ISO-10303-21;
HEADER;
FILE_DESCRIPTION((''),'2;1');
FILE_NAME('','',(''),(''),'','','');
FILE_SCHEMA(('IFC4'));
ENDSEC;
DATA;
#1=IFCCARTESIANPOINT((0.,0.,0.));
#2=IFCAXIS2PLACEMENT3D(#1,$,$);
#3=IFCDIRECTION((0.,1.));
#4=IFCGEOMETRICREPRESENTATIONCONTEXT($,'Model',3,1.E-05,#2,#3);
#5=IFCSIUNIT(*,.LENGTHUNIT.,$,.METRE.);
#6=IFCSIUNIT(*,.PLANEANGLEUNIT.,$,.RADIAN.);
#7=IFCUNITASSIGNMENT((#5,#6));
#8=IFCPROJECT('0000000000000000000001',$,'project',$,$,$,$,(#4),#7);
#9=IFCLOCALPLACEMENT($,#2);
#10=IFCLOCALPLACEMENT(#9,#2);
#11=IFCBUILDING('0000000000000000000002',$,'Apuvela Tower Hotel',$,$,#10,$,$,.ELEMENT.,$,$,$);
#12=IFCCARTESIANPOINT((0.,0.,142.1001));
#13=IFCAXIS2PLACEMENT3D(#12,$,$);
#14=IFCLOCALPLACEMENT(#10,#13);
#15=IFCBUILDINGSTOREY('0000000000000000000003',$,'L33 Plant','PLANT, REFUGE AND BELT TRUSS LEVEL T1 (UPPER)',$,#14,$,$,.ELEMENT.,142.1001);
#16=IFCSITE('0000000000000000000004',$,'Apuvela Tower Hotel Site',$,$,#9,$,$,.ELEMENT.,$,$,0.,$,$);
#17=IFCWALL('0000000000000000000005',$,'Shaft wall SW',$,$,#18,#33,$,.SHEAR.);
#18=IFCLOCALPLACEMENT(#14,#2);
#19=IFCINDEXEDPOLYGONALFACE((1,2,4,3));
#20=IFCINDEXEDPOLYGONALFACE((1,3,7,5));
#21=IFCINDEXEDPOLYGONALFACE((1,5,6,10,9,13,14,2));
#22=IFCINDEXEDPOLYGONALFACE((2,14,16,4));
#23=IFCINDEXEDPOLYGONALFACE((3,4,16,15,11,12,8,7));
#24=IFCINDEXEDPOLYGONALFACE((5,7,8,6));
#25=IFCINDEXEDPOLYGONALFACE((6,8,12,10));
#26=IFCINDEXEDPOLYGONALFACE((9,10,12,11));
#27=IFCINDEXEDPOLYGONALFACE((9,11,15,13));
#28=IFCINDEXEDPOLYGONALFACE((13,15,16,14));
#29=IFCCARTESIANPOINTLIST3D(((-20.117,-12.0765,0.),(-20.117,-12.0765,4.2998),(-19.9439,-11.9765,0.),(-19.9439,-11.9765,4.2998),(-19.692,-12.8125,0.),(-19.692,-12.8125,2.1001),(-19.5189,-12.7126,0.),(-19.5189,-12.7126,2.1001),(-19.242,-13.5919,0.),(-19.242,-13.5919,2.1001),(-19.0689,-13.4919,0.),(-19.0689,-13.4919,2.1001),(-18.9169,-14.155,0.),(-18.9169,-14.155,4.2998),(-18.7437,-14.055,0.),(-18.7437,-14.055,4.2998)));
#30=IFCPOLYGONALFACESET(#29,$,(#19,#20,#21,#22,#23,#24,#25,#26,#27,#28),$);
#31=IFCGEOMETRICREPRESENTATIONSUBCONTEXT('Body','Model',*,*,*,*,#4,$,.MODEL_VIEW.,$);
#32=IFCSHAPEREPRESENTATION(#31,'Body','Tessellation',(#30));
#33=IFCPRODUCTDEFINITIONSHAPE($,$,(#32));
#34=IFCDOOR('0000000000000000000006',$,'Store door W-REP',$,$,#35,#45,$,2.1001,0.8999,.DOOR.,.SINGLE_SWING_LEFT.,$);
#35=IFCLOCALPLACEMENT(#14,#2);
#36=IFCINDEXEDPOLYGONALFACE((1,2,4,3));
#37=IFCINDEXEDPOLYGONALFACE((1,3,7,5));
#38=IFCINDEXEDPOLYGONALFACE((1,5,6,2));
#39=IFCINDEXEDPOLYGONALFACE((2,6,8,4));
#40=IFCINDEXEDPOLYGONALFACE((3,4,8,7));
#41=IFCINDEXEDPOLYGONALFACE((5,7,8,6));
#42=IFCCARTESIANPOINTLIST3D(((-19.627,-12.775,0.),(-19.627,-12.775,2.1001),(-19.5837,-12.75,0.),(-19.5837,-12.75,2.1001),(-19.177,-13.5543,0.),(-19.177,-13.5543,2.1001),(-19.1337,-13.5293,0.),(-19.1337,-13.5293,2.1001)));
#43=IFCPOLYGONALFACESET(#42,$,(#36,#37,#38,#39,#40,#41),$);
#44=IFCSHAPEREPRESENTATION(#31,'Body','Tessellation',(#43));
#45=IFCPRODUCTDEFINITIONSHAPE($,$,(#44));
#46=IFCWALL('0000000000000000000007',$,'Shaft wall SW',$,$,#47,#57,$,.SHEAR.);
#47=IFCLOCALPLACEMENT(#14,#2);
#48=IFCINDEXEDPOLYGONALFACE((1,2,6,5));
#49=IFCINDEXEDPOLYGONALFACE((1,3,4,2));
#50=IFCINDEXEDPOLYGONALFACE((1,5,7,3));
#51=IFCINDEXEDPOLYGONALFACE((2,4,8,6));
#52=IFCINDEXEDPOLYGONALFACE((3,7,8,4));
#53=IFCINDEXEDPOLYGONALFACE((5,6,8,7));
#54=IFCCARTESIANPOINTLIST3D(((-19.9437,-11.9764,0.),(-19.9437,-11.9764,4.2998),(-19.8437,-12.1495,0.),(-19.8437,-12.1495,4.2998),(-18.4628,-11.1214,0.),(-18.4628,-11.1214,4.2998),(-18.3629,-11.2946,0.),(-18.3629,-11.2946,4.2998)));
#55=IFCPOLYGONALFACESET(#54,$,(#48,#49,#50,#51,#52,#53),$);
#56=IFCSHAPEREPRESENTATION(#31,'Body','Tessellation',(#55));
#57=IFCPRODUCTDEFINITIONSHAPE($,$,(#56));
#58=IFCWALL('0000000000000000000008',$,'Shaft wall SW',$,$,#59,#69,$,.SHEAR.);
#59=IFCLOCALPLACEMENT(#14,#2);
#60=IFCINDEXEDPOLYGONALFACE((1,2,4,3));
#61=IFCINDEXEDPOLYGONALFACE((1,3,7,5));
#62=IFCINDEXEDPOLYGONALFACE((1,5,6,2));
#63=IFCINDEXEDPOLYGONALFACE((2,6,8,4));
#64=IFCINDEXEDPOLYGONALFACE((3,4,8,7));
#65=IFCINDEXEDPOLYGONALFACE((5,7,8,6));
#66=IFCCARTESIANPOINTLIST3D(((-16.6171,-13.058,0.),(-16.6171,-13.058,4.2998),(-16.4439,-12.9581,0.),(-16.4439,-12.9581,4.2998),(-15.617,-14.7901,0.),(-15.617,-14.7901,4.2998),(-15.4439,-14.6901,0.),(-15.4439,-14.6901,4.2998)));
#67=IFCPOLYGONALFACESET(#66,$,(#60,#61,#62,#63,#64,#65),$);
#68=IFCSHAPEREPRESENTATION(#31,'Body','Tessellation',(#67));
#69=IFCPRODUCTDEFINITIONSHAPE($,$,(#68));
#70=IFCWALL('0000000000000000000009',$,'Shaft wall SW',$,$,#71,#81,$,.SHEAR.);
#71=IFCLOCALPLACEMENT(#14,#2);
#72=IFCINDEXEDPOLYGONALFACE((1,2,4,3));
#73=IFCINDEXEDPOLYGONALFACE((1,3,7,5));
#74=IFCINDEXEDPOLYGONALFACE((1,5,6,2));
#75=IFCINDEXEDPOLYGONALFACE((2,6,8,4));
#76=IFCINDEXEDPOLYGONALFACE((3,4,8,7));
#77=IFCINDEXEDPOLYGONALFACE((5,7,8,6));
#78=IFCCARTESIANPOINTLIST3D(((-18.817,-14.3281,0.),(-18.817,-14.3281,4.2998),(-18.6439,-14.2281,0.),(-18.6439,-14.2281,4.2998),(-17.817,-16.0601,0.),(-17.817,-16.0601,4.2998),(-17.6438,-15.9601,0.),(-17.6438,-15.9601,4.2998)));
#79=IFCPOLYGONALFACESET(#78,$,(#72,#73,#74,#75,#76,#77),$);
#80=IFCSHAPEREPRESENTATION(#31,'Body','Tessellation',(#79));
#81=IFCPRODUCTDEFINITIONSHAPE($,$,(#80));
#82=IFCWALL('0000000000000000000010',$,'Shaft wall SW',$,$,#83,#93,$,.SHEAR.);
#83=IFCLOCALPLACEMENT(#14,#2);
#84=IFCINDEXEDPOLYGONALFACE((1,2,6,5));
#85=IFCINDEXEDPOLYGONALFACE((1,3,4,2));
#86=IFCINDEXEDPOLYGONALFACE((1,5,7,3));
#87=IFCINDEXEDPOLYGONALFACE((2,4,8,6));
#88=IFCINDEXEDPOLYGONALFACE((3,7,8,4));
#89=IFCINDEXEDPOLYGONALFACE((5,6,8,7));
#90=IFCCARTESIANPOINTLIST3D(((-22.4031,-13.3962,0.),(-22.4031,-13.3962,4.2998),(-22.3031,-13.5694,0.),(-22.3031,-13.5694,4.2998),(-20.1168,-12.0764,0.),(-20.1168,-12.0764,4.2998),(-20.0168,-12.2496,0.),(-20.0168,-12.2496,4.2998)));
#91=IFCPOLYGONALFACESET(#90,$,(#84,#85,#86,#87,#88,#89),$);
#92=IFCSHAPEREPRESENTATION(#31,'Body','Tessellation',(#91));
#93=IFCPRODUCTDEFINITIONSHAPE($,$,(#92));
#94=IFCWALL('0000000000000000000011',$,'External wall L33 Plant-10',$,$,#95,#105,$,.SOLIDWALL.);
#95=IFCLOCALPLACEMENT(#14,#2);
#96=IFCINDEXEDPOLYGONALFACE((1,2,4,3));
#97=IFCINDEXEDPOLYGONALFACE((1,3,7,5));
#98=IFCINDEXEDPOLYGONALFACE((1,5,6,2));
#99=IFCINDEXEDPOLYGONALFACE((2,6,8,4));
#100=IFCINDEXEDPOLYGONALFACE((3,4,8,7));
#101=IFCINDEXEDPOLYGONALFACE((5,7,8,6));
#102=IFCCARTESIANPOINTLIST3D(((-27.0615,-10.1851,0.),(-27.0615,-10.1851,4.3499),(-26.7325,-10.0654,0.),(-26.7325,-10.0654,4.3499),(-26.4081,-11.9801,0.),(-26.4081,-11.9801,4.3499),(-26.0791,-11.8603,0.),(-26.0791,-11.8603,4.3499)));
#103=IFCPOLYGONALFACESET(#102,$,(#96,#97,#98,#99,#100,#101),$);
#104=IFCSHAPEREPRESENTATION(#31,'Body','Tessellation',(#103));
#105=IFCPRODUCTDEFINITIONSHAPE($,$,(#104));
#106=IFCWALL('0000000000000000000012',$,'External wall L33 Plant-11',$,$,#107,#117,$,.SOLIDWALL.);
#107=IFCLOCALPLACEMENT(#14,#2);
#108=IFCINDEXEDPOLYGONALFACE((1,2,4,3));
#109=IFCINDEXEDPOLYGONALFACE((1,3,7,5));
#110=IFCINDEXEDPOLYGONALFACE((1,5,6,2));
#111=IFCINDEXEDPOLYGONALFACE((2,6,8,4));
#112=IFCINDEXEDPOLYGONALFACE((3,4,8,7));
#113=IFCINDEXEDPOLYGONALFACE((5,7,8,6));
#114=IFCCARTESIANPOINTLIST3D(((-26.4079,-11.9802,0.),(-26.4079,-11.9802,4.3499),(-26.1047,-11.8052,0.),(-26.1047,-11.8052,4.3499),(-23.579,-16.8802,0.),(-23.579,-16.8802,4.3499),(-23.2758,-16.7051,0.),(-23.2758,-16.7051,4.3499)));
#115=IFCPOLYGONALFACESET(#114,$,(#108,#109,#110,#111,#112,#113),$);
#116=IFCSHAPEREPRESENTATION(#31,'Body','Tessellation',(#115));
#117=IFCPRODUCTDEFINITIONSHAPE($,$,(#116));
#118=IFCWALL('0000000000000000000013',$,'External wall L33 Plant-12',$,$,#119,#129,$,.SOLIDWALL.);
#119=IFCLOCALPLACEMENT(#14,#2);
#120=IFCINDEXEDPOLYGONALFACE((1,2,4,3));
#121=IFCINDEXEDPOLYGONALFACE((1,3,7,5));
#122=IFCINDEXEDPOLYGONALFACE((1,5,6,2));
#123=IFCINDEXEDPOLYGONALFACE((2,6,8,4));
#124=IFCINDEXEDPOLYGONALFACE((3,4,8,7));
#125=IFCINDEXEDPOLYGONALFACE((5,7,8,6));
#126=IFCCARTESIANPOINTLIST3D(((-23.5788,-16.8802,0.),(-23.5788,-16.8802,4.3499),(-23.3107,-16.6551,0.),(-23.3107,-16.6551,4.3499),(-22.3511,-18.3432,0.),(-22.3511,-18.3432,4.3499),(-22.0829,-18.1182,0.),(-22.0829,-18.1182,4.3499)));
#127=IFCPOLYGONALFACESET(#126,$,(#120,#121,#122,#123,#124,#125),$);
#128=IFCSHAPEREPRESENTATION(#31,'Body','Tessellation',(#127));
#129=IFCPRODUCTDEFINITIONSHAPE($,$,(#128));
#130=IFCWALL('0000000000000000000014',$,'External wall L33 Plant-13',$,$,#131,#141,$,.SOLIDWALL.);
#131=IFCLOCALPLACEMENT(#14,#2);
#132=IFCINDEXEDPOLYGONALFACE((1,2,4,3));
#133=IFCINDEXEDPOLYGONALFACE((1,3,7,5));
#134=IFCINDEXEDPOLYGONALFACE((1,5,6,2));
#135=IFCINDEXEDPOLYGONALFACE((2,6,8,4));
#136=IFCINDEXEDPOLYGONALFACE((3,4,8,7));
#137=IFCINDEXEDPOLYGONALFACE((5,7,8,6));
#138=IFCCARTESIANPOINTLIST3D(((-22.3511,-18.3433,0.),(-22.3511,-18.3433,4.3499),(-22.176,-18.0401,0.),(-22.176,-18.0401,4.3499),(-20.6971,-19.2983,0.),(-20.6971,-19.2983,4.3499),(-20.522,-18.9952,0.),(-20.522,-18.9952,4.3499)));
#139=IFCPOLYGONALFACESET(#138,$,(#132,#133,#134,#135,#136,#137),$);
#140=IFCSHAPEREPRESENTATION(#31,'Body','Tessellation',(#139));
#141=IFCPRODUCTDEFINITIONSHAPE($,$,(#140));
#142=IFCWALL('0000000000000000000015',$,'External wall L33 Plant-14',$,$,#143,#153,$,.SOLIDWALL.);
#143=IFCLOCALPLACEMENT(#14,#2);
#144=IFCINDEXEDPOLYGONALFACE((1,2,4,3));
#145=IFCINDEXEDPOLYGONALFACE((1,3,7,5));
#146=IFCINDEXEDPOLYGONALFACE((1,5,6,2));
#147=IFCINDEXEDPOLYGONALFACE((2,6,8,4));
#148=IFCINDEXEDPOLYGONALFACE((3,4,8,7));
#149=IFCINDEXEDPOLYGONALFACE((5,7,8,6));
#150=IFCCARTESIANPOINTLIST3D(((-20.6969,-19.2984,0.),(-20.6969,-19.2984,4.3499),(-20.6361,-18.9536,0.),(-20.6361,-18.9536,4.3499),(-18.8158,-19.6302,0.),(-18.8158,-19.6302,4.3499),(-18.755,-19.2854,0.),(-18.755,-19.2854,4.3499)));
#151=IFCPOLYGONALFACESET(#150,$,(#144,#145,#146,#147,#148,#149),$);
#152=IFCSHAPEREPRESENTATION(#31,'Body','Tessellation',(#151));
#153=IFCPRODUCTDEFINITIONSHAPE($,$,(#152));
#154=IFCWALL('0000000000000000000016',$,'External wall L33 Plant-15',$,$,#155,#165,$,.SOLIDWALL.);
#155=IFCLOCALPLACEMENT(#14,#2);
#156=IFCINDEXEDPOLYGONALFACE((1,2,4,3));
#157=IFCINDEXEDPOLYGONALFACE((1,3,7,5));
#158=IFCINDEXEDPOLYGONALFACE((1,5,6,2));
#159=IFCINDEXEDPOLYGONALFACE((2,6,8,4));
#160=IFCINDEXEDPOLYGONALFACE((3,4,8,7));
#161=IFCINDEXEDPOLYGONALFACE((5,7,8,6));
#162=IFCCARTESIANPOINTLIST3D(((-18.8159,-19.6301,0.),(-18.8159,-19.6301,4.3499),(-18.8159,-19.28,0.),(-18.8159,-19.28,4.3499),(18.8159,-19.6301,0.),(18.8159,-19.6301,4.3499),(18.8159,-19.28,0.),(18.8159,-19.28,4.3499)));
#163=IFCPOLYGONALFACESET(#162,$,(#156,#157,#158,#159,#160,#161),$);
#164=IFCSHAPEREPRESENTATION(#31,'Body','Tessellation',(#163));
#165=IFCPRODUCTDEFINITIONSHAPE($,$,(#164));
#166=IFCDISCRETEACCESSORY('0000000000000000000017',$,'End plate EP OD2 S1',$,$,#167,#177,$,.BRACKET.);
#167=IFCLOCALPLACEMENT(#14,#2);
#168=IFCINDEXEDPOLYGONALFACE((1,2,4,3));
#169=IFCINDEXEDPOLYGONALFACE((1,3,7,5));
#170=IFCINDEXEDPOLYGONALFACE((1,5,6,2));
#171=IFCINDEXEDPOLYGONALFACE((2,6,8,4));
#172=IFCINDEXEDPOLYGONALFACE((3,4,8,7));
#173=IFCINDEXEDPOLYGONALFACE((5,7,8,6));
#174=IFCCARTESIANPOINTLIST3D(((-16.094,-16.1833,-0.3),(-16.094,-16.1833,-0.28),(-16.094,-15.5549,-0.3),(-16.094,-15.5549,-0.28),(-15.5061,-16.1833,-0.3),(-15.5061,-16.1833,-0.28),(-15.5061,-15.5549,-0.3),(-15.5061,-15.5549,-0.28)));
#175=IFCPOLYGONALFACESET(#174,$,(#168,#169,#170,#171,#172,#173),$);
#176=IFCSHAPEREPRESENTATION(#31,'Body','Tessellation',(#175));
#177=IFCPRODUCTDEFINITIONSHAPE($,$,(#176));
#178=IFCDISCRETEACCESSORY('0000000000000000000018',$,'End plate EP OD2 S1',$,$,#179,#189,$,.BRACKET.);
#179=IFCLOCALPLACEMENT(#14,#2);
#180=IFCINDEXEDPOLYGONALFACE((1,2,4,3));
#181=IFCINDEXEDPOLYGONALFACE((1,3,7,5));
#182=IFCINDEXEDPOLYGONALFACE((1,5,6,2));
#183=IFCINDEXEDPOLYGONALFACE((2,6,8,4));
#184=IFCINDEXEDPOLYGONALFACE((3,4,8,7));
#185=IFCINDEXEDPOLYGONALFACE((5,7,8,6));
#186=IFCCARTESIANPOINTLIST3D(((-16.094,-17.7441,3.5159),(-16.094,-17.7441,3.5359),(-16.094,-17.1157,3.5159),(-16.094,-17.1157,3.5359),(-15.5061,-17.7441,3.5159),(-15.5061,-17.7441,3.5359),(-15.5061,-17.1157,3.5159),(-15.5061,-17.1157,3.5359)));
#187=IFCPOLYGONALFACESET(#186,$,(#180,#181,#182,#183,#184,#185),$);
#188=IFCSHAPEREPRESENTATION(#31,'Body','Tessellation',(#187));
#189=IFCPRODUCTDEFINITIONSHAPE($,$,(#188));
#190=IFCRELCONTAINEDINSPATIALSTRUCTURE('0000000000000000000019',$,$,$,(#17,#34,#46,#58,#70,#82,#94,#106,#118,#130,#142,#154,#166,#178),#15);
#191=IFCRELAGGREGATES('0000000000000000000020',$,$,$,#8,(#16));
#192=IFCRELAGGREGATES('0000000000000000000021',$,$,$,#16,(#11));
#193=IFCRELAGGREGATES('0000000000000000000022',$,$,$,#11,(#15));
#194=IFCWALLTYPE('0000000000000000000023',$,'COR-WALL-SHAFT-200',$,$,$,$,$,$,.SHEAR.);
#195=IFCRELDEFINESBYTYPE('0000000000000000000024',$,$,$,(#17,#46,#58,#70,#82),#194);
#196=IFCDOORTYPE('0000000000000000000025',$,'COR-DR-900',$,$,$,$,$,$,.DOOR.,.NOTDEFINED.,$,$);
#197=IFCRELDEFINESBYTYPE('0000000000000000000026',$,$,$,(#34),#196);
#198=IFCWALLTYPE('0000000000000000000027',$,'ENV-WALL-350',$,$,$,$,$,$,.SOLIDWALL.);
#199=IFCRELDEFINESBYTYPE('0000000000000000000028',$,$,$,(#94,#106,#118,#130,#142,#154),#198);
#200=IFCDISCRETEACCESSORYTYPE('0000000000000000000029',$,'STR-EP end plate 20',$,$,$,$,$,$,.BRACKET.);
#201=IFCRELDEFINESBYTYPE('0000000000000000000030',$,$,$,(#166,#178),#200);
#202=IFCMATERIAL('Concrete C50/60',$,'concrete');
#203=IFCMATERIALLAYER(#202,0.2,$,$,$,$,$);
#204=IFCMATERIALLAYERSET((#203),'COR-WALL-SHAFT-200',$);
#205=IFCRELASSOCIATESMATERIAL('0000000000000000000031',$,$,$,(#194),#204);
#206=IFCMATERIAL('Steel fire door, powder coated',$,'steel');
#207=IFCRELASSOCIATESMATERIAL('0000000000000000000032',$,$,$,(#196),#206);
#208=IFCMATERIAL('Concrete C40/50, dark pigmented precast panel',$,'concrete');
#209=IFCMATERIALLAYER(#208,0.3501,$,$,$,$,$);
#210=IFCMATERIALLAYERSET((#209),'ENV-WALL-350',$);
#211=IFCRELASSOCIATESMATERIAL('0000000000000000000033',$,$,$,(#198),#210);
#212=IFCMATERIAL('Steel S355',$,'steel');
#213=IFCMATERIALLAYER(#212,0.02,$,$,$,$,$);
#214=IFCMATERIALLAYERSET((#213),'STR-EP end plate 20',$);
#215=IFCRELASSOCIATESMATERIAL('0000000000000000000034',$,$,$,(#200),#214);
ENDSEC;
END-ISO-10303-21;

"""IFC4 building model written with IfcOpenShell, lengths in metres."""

from ifc_helpers import new_model, si_unit, direction, frame, frame_2d, origin, origin_2d, place, context, subcontext, project, spatial, rectangle, extrude, material, layer, layer_set, type_object, element, fill, save


model = new_model("IFC4")

# Units and contexts
model_context = context("Model", 3, precision=1e-05, world=origin(), true_north=direction((0.0, 1.0)))
body_context = subcontext(model_context, "Body", "Model", "MODEL_VIEW")
ifc_project = project(units=[si_unit("LENGTHUNIT", "METRE"), si_unit("PLANEANGLEUNIT", "RADIAN")], contexts=[model_context])

# Site, building, storey
site_placement = place(None, origin())
site = spatial("IfcSite", under=ifc_project, at=site_placement, Name="Apuvela Tower Hotel Site", CompositionType="ELEMENT", RefElevation=0.0)
building_placement = place(site_placement, origin())
building = spatial("IfcBuilding", under=site, at=building_placement, Name="Apuvela Tower Hotel", CompositionType="ELEMENT")
storey_placement = place(building_placement, frame((0.0, 0.0, 142.1001)))
storey = spatial("IfcBuildingStorey", under=building, at=storey_placement, Name="L33 Plant", Description="PLANT, REFUGE AND BELT TRUSS LEVEL T1 (UPPER)", CompositionType="ELEMENT", Elevation=142.1001)

# Shared definitions
ifc_material_1 = material(Name="Steel S355", Category="steel")

# Wall, opening, door
ifc_material_2 = material(Name="Concrete C50/60", Category="concrete")
ifc_layer_1 = layer(ifc_material_2, 0.2)
ifc_layer_set_1 = layer_set([ifc_layer_1], Name="COR-WALL-SHAFT-200")
wall_type_1 = type_object("IfcWallType", Name="COR-WALL-SHAFT-200", PredefinedType="SHEAR", material=ifc_layer_set_1)
wall_1_placement = place(storey_placement, frame((-20.0305, -12.0264, 0.0), z_axis=(0.0, 0.0, 1.0), x_axis=(0.500034, -0.866006, 0.0)))
wall_1 = element("IfcWall", 1, at=wall_1_placement, inside=storey, type_object=wall_type_1, Name="Shaft wall SW", PredefinedType="SHEAR", context=body_context, shape_type="SweptSolid", body=[
    extrude(rectangle(XDim=2.4001, YDim=0.2, at=frame_2d((1.2002, 0.0))), origin(), (0.0, 0.0, 1.0), 4.2998),
])
opening_placement = place(wall_1_placement, frame((0.8501, 0.0, 0.0)))
opening = element("IfcOpeningElement", 2, at=opening_placement, cuts=wall_1, PredefinedType="OPENING", context=body_context, shape_type="SweptSolid", body=[
    extrude(rectangle(XDim=0.8999, YDim=2.1001, at=frame_2d((0.45, 1.05))), frame((0.0, 0.1099, 0.0), z_axis=(0.0, -1.0, 0.0), x_axis=(1.0, 0.0, 0.0)), (0.0, 0.0, 1.0), 0.22),
])
ifc_material_3 = material(Name="Steel fire door, powder coated", Category="steel")
door_type = type_object("IfcDoorType", Name="COR-DR-900", OperationType="NOTDEFINED", PredefinedType="DOOR", material=ifc_material_3)
door_placement = place(opening_placement, frame((0.8999, 0.0, 0.0), z_axis=(0.0, 0.0, 1.0), x_axis=(-1.0, 0.0, 0.0)))
door = element("IfcDoor", 3, at=door_placement, inside=storey, type_object=door_type, Name="Store door W-REP", OperationType="SINGLE_SWING_LEFT", OverallHeight=2.1001, OverallWidth=0.8999, PredefinedType="DOOR", context=body_context, shape_type="SweptSolid", body=[
    extrude(rectangle(XDim=0.8999, YDim=2.1001, at=frame_2d((0.45, 1.05))), frame((0.0, 0.0249, 0.0), z_axis=(0.0, -1.0, 0.0), x_axis=(1.0, 0.0, 0.0)), (0.0, 0.0, 1.0), 0.05),
])
fill(opening, door)

# Walls
wall_2_placement = place(storey_placement, frame((-18.4128, -11.208, 0.0), z_axis=(0.0, 0.0, 1.0), x_axis=(-0.866038, -0.499978, 0.0)))
element("IfcWall", 4, at=wall_2_placement, inside=storey, type_object=wall_type_1, Name="Shaft wall SW", PredefinedType="SHEAR", context=body_context, shape_type="SweptSolid", body=[
    extrude(rectangle(XDim=1.71, YDim=0.2, at=frame_2d((0.855, 0.0))), origin(), (0.0, 0.0, 1.0), 4.2998),
])
for number, where, z_axis, x_axis, name in (
    (5, (-16.5305, -13.0081, 0.0), (0.0, 0.0, 1.0), (0.500025, -0.866011, 0.0), "Shaft wall SW"),
    (6, (-18.7305, -14.2781, 0.0), (0.0, 0.0, 1.0), (0.500025, -0.866011, 0.0), "Shaft wall SW"),
):
    element("IfcWall", number, at=place(storey_placement, frame(where, z_axis=z_axis, x_axis=x_axis)), inside=storey, type_object=wall_type_1, Name=name, PredefinedType="SHEAR", context=body_context, shape_type="SweptSolid", body=[
        extrude(rectangle(XDim=2.0, YDim=0.2, at=frame_2d((1.0, 0.0))), origin(), (0.0, 0.0, 1.0), 4.2998),
    ])
wall_3_placement = place(storey_placement, frame((-20.0669, -12.1631, 0.0), z_axis=(0.0, 0.0, 1.0), x_axis=(-0.866061, -0.499939, 0.0)))
element("IfcWall", 7, at=wall_3_placement, inside=storey, type_object=wall_type_1, Name="Shaft wall SW", PredefinedType="SHEAR", context=body_context, shape_type="SweptSolid", body=[
    extrude(rectangle(XDim=2.6399, YDim=0.2, at=frame_2d((1.3198, 0.0))), origin(), (0.0, 0.0, 1.0), 4.2998),
])
ifc_material_4 = material(Name="Concrete C40/50, dark pigmented precast panel", Category="concrete")
ifc_layer_2 = layer(ifc_material_4, 0.3501)
ifc_layer_set_2 = layer_set([ifc_layer_2], Name="ENV-WALL-350")
wall_type_2 = type_object("IfcWallType", Name="ENV-WALL-350", PredefinedType="SOLIDWALL", material=ifc_layer_set_2)
wall_4_placement = place(storey_placement, frame((-26.897, -10.1252, 0.0), z_axis=(0.0, 0.0, 1.0), x_axis=(0.34203, -0.939689, 0.0)))
element("IfcWall", 8, at=wall_4_placement, inside=storey, type_object=wall_type_2, Name="External wall L33 Plant-10", PredefinedType="SOLIDWALL", context=body_context, shape_type="SweptSolid", body=[
    extrude(rectangle(XDim=1.9102, YDim=0.3501, at=frame_2d((0.9551, 0.0))), origin(), (0.0, 0.0, 1.0), 4.3499),
])
wall_5_placement = place(storey_placement, frame((-26.2563, -11.8926, 0.0), z_axis=(0.0, 0.0, 1.0), x_axis=(0.499986, -0.866033, 0.0)))
element("IfcWall", 9, at=wall_5_placement, inside=storey, type_object=wall_type_2, Name="External wall L33 Plant-11", PredefinedType="SOLIDWALL", context=body_context, shape_type="SweptSolid", body=[
    extrude(rectangle(XDim=5.658, YDim=0.3501, at=frame_2d((2.8291, 0.0))), origin(), (0.0, 0.0, 1.0), 4.3499),
])
for number, where, z_axis, x_axis, name in (
    (10, (-23.4448, -16.7676, 0.0), (0.0, 0.0, 1.0), (0.642808, -0.766027, 0.0), "External wall L33 Plant-12"),
    (11, (-22.2637, -18.1917, 0.0), (0.0, 0.0, 1.0), (0.866, -0.500043, 0.0), "External wall L33 Plant-13"),
):
    element("IfcWall", number, at=place(storey_placement, frame(where, z_axis=z_axis, x_axis=x_axis)), inside=storey, type_object=wall_type_2, Name=name, PredefinedType="SOLIDWALL", context=body_context, shape_type="SweptSolid", body=[
        extrude(rectangle(XDim=1.9099, YDim=0.3501, at=frame_2d((0.9551, 0.0))), origin(), (0.0, 0.0, 1.0), 4.3499),
    ])
wall_6_placement = place(storey_placement, frame((-20.6665, -19.126, 0.0), z_axis=(0.0, 0.0, 1.0), x_axis=(0.984799, -0.173698, 0.0)))
element("IfcWall", 12, at=wall_6_placement, inside=storey, type_object=wall_type_2, Name="External wall L33 Plant-14", PredefinedType="SOLIDWALL", context=body_context, shape_type="SweptSolid", body=[
    extrude(rectangle(XDim=1.9102, YDim=0.3501, at=frame_2d((0.9551, 0.0))), origin(), (0.0, 0.0, 1.0), 4.3499),
])
wall_7_placement = place(storey_placement, frame((-18.8159, -19.4551, 0.0), z_axis=(0.0, 0.0, 1.0), x_axis=(1.0, 0.0, 0.0)))
element("IfcWall", 13, at=wall_7_placement, inside=storey, type_object=wall_type_2, Name="External wall L33 Plant-15", PredefinedType="SOLIDWALL", context=body_context, shape_type="SweptSolid", body=[
    extrude(rectangle(XDim=37.6318, YDim=0.3501, at=frame_2d((18.8159, 0.0))), origin(), (0.0, 0.0, 1.0), 4.3499),
])

# Discrete accessories
ifc_layer_3 = layer(ifc_material_1, 0.02)
ifc_layer_set_3 = layer_set([ifc_layer_3], Name="STR-EP end plate 20")
discrete_accessory_type = type_object("IfcDiscreteAccessoryType", Name="STR-EP end plate 20", PredefinedType="BRACKET", material=ifc_layer_set_3)
for number, where, z_axis, x_axis, name in (
    (14, (-15.8, -15.8691, -0.3), (0.0, 0.0, 1.0), (0.0, -1.0, 0.0), "End plate EP OD2 S1"),
    (15, (-15.8, -17.4299, 3.5159), (0.0, 0.0, 1.0), (0.0, -1.0, 0.0), "End plate EP OD2 S1"),
):
    element("IfcDiscreteAccessory", number, at=place(storey_placement, frame(where, z_axis=z_axis, x_axis=x_axis)), inside=storey, type_object=discrete_accessory_type, Name=name, PredefinedType="BRACKET", context=body_context, shape_type="SweptSolid", body=[
        extrude(rectangle(XDim=0.6284, YDim=0.5879, at=origin_2d()), origin(), (0.0, 0.0, 1.0), 0.02),
    ])

save(model, "model.ifc")
